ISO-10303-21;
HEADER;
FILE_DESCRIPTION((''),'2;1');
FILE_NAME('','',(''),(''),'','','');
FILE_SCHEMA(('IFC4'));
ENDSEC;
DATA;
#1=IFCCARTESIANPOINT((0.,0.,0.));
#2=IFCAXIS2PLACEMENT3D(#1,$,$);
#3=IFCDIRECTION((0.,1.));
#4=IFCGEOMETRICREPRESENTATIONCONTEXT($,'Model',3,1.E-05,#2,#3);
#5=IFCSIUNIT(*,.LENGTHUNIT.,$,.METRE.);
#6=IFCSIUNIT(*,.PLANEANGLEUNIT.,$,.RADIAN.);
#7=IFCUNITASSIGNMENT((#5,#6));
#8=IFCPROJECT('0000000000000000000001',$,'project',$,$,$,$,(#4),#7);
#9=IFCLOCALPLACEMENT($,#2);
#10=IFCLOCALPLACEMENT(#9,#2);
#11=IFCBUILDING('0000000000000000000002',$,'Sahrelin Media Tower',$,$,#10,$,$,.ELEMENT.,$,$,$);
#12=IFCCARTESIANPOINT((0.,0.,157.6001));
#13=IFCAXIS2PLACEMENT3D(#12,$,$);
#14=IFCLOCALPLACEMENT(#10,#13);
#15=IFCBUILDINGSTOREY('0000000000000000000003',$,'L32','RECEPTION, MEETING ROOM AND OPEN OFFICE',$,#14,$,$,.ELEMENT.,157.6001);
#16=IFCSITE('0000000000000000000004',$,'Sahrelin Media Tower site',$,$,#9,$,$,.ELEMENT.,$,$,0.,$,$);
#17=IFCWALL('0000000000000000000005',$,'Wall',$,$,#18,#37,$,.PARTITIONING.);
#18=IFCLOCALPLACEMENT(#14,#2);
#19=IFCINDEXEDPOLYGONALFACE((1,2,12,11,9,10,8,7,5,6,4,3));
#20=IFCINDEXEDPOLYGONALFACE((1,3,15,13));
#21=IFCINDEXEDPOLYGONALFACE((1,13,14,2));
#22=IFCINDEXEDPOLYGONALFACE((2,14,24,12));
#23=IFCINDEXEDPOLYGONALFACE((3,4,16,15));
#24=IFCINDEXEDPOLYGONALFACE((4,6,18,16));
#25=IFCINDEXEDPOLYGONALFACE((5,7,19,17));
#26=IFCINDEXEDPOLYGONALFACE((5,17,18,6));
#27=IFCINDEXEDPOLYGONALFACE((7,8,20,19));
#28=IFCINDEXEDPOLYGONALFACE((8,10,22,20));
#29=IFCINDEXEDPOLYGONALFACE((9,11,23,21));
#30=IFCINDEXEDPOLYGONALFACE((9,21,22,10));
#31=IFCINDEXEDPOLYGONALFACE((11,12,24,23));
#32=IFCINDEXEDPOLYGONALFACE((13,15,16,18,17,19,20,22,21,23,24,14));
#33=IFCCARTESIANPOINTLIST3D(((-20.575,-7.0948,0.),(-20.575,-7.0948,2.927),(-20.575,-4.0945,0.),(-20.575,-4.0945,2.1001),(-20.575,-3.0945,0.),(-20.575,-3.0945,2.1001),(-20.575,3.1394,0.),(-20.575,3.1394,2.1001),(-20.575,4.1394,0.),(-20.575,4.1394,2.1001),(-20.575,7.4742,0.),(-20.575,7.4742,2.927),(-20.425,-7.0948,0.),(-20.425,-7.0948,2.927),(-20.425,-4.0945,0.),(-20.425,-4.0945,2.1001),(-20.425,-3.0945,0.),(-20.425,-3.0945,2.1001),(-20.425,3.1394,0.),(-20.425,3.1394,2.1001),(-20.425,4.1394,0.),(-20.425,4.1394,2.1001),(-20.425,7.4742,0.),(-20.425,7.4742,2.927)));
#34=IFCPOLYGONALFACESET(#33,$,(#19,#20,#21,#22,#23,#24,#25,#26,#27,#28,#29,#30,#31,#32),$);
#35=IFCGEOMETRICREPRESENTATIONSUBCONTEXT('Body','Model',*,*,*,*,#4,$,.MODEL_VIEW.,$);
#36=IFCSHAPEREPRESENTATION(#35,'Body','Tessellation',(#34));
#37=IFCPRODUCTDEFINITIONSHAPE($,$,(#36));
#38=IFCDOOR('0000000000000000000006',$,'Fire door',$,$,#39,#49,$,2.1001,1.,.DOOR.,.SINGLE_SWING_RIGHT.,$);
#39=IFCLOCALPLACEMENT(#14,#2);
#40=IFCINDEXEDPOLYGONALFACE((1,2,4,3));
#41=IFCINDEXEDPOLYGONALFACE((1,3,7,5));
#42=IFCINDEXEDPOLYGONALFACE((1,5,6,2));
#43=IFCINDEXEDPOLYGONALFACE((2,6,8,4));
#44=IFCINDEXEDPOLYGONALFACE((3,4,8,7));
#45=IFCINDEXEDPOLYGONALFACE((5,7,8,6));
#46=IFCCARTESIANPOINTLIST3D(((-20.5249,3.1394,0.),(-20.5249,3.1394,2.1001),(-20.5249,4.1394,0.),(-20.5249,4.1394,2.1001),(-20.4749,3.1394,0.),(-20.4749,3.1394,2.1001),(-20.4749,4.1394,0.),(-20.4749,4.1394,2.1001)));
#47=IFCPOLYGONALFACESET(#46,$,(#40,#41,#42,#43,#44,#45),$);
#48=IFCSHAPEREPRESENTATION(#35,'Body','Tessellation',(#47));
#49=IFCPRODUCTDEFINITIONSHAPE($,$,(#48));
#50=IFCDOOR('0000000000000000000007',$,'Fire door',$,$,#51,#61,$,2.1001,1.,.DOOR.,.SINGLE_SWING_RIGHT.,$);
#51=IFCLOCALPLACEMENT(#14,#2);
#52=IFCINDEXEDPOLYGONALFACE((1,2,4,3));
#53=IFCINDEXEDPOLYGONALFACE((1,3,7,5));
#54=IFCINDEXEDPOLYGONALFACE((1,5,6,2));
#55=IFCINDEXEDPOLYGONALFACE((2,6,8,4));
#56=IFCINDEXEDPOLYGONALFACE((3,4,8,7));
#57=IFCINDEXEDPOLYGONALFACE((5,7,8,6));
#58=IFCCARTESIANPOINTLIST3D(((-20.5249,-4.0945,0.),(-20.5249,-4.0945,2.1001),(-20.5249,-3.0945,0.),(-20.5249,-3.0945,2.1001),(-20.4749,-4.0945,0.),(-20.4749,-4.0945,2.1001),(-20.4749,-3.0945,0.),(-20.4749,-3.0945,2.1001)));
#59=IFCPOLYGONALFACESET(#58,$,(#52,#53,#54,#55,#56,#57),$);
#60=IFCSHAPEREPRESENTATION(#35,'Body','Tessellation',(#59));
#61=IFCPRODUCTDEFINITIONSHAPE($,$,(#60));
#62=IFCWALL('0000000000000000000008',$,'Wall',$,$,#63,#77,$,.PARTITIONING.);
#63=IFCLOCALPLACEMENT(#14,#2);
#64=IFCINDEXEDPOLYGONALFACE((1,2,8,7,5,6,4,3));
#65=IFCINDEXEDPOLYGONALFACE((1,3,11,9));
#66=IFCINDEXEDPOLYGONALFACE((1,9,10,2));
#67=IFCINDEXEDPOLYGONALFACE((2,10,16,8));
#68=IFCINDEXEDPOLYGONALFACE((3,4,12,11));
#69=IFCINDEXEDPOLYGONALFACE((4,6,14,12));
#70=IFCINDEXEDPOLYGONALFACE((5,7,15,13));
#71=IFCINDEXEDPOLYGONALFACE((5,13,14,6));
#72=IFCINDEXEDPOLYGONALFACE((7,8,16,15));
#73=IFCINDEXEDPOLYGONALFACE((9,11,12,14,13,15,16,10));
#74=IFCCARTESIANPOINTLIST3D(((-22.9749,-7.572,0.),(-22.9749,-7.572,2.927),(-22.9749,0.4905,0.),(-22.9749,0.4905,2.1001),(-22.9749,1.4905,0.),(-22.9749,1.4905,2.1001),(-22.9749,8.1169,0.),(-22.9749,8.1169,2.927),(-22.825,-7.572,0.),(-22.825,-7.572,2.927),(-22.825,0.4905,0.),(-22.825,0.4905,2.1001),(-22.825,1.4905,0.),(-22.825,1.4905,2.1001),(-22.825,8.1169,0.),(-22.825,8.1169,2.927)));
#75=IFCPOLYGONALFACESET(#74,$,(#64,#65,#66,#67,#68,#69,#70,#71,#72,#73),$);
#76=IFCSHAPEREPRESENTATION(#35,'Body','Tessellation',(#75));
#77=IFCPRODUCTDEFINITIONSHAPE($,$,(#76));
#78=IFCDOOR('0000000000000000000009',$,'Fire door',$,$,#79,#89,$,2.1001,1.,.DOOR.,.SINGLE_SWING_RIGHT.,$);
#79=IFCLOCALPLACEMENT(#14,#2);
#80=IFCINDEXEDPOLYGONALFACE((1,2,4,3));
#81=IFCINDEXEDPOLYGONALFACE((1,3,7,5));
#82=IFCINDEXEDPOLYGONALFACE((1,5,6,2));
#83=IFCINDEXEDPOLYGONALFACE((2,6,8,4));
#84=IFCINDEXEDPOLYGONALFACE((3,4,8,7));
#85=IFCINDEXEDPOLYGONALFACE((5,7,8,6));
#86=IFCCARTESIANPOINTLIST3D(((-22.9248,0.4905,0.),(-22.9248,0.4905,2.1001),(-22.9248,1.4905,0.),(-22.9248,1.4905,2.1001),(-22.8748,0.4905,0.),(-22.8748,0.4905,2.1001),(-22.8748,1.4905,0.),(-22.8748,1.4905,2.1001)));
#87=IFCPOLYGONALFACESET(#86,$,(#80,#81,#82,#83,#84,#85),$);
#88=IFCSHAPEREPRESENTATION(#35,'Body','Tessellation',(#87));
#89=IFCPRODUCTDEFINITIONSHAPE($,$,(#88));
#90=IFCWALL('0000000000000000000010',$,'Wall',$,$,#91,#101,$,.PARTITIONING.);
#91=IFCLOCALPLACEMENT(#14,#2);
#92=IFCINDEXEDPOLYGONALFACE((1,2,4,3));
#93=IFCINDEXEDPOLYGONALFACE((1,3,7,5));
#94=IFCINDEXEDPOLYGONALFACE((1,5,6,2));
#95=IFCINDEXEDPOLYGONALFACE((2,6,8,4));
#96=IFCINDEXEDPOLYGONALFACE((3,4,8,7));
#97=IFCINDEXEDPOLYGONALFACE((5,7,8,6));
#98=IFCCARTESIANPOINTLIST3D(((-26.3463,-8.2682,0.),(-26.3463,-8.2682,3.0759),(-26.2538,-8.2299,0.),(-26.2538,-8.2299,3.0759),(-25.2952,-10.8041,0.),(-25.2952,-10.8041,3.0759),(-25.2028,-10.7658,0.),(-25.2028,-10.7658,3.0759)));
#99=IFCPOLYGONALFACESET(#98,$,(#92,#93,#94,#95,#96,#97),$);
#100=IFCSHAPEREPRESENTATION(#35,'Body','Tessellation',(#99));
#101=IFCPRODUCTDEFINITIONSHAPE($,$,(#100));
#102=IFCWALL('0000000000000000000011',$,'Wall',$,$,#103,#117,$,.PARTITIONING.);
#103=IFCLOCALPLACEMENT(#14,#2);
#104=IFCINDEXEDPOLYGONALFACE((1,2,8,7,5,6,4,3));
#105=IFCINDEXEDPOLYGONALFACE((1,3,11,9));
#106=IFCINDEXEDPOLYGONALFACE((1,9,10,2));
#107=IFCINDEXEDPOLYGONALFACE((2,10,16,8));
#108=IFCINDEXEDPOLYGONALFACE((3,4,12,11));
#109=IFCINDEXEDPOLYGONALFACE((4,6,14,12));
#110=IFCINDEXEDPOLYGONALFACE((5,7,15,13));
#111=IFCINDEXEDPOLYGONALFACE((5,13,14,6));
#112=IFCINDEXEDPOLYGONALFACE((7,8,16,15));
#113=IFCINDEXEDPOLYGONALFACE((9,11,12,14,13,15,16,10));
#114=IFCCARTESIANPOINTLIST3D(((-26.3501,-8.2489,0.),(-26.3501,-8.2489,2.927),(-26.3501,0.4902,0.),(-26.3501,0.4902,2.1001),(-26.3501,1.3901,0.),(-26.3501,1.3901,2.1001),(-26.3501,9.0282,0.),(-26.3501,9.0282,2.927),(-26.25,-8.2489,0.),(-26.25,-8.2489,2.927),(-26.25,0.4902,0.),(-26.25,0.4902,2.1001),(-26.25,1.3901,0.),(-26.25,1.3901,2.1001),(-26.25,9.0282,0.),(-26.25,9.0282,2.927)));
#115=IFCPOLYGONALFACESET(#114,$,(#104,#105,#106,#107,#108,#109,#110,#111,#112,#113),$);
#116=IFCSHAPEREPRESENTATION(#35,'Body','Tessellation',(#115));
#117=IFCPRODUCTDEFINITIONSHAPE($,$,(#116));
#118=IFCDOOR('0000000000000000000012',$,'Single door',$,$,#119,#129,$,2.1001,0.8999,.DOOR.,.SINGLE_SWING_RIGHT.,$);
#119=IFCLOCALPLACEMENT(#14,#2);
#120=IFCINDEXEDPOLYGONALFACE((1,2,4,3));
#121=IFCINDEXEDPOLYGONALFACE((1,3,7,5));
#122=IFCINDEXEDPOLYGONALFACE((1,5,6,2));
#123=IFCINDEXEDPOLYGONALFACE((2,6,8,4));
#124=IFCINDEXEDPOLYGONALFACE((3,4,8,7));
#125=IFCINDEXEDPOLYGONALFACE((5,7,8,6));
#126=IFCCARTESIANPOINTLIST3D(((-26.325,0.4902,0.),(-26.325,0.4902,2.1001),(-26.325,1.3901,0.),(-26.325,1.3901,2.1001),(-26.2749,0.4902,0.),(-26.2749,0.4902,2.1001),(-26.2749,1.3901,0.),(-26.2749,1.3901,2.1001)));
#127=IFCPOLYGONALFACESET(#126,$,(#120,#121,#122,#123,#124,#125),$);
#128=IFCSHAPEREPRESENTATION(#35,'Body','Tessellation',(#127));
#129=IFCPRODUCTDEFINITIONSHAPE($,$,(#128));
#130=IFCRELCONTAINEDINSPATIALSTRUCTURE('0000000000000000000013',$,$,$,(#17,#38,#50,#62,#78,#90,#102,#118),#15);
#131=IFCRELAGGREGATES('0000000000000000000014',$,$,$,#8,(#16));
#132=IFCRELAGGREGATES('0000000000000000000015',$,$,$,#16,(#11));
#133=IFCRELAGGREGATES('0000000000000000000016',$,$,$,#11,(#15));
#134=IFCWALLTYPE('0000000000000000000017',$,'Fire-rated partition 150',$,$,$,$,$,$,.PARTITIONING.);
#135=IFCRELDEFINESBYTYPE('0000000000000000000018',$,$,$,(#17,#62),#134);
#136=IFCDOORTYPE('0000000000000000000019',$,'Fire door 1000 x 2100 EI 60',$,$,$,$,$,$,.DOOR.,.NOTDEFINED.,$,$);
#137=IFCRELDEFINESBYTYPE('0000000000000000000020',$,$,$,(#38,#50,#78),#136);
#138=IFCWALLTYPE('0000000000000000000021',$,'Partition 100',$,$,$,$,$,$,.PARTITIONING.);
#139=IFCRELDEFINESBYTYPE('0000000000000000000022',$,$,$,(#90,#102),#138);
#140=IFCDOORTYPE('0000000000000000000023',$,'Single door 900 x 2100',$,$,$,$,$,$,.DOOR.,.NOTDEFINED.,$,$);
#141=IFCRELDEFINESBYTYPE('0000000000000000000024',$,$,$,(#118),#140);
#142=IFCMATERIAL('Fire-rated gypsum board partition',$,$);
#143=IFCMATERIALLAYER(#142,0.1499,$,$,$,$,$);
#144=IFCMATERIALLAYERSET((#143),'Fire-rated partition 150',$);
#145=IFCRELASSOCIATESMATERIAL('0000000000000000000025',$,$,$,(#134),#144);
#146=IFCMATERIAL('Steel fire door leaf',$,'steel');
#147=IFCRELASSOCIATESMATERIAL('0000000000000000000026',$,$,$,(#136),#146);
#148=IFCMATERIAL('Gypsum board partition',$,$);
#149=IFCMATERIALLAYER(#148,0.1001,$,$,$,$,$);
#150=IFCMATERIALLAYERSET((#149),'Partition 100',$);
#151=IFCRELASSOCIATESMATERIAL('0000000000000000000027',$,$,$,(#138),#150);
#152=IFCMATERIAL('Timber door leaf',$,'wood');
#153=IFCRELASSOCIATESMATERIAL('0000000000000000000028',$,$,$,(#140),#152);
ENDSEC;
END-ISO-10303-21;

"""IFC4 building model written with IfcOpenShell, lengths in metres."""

from ifc_helpers import new_model, si_unit, direction, frame, frame_2d, origin, place, context, subcontext, project, spatial, rectangle, extrude, material, layer, layer_set, type_object, element, fill, save


model = new_model("IFC4")

# Units and contexts
model_context = context("Model", 3, precision=1e-05, world=origin(), true_north=direction((0.0, 1.0)))
body_context = subcontext(model_context, "Body", "Model", "MODEL_VIEW")
ifc_project = project(units=[si_unit("LENGTHUNIT", "METRE"), si_unit("PLANEANGLEUNIT", "RADIAN")], contexts=[model_context])

# Site, building, storey
site_placement = place(None, origin())
site = spatial("IfcSite", under=ifc_project, at=site_placement, Name="Sahrelin Media Tower site", CompositionType="ELEMENT", RefElevation=0.0)
building_placement = place(site_placement, origin())
building = spatial("IfcBuilding", under=site, at=building_placement, Name="Sahrelin Media Tower", CompositionType="ELEMENT")
storey_placement = place(building_placement, frame((0.0, 0.0, 157.6001)))
storey = spatial("IfcBuildingStorey", under=building, at=storey_placement, Name="L32", Description="RECEPTION, MEETING ROOM AND OPEN OFFICE", CompositionType="ELEMENT", Elevation=157.6001)

# Shared definitions
ifc_material_1 = material(Name="Fire-rated gypsum board partition")
ifc_layer_1 = layer(ifc_material_1, 0.1499)
ifc_layer_set_1 = layer_set([ifc_layer_1], Name="Fire-rated partition 150")
wall_type_1 = type_object("IfcWallType", Name="Fire-rated partition 150", PredefinedType="PARTITIONING", material=ifc_layer_set_1)
ifc_material_2 = material(Name="Steel fire door leaf", Category="steel")
door_type_1 = type_object("IfcDoorType", Name="Fire door 1000 x 2100 EI 60", OperationType="NOTDEFINED", PredefinedType="DOOR", material=ifc_material_2)

# Wall, openings, doors
wall_1_placement = place(storey_placement, frame((-20.5, -7.095, 0.0), z_axis=(0.0, 0.0, 1.0), x_axis=(0.0, 1.0, 0.0)))
wall_1 = element("IfcWall", 1, at=wall_1_placement, inside=storey, type_object=wall_type_1, Name="Wall", PredefinedType="PARTITIONING", context=body_context, shape_type="SweptSolid", body=[
    extrude(rectangle(XDim=14.5691, YDim=0.1499, at=frame_2d((7.2847, 0.0))), origin(), (0.0, 0.0, 1.0), 2.927),
])
opening_1_placement = place(wall_1_placement, frame((10.2344, 0.0, 0.0)))
opening_1 = element("IfcOpeningElement", 2, at=opening_1_placement, cuts=wall_1, PredefinedType="OPENING", context=body_context, shape_type="SweptSolid", body=[
    extrude(rectangle(XDim=1.0, YDim=2.1001, at=frame_2d((0.5, 1.05))), frame((0.0, 0.075, 0.0), z_axis=(0.0, -1.0, 0.0), x_axis=(1.0, 0.0, 0.0)), (0.0, 0.0, 1.0), 0.1499),
])
opening_2_placement = place(wall_1_placement, frame((3.0005, 0.0, 0.0)))
opening_2 = element("IfcOpeningElement", 3, at=opening_2_placement, cuts=wall_1, PredefinedType="OPENING", context=body_context, shape_type="SweptSolid", body=[
    extrude(rectangle(XDim=1.0, YDim=2.1001, at=frame_2d((0.5, 1.05))), frame((0.0, 0.075, 0.0), z_axis=(0.0, -1.0, 0.0), x_axis=(1.0, 0.0, 0.0)), (0.0, 0.0, 1.0), 0.1499),
])
door_1_placement = place(opening_1_placement, origin())
door_1 = element("IfcDoor", 4, at=door_1_placement, inside=storey, type_object=door_type_1, Name="Fire door", OperationType="SINGLE_SWING_RIGHT", OverallHeight=2.1001, OverallWidth=1.0, PredefinedType="DOOR", context=body_context, shape_type="SweptSolid", body=[
    extrude(rectangle(XDim=1.0, YDim=2.1001, at=frame_2d((0.5, 1.05))), frame((0.0, 0.0249, 0.0), z_axis=(0.0, -1.0, 0.0), x_axis=(1.0, 0.0, 0.0)), (0.0, 0.0, 1.0), 0.05),
])
fill(opening_1, door_1)
door_2_placement = place(opening_2_placement, origin())
door_2 = element("IfcDoor", 5, at=door_2_placement, inside=storey, type_object=door_type_1, Name="Fire door", OperationType="SINGLE_SWING_RIGHT", OverallHeight=2.1001, OverallWidth=1.0, PredefinedType="DOOR", context=body_context, shape_type="SweptSolid", body=[
    extrude(rectangle(XDim=1.0, YDim=2.1001, at=frame_2d((0.5, 1.05))), frame((0.0, 0.0249, 0.0), z_axis=(0.0, -1.0, 0.0), x_axis=(1.0, 0.0, 0.0)), (0.0, 0.0, 1.0), 0.05),
])
fill(opening_2, door_2)

# Wall, opening, door
wall_2_placement = place(storey_placement, frame((-22.8999, -7.572, 0.0), z_axis=(0.0, 0.0, 1.0), x_axis=(0.0, 1.0, 0.0)))
wall_2 = element("IfcWall", 6, at=wall_2_placement, inside=storey, type_object=wall_type_1, Name="Wall", PredefinedType="PARTITIONING", context=body_context, shape_type="SweptSolid", body=[
    extrude(rectangle(XDim=15.689, YDim=0.1499, at=frame_2d((7.8445, 0.0))), origin(), (0.0, 0.0, 1.0), 2.927),
])
opening_3_placement = place(wall_2_placement, frame((8.0625, 0.0, 0.0)))
opening_3 = element("IfcOpeningElement", 7, at=opening_3_placement, cuts=wall_2, PredefinedType="OPENING", context=body_context, shape_type="SweptSolid", body=[
    extrude(rectangle(XDim=1.0, YDim=2.1001, at=frame_2d((0.5, 1.05))), frame((0.0, 0.075, 0.0), z_axis=(0.0, -1.0, 0.0), x_axis=(1.0, 0.0, 0.0)), (0.0, 0.0, 1.0), 0.1499),
])
door_3_placement = place(opening_3_placement, origin())
door_3 = element("IfcDoor", 8, at=door_3_placement, inside=storey, type_object=door_type_1, Name="Fire door", OperationType="SINGLE_SWING_RIGHT", OverallHeight=2.1001, OverallWidth=1.0, PredefinedType="DOOR", context=body_context, shape_type="SweptSolid", body=[
    extrude(rectangle(XDim=1.0, YDim=2.1001, at=frame_2d((0.5, 1.05))), frame((0.0, 0.0249, 0.0), z_axis=(0.0, -1.0, 0.0), x_axis=(1.0, 0.0, 0.0)), (0.0, 0.0, 1.0), 0.05),
])
fill(opening_3, door_3)

# Wall
ifc_material_3 = material(Name="Gypsum board partition")
ifc_layer_2 = layer(ifc_material_3, 0.1001)
ifc_layer_set_2 = layer_set([ifc_layer_2], Name="Partition 100")
wall_type_2 = type_object("IfcWallType", Name="Partition 100", PredefinedType="PARTITIONING", material=ifc_layer_set_2)
wall_3_placement = place(storey_placement, frame((-26.3, -8.249, 0.0), z_axis=(0.0, 0.0, 1.0), x_axis=(0.382878, -0.923799, 0.0)))
element("IfcWall", 9, at=wall_3_placement, inside=storey, type_object=wall_type_2, Name="Wall", PredefinedType="PARTITIONING", context=body_context, shape_type="SweptSolid", body=[
    extrude(rectangle(XDim=2.7451, YDim=0.1001, at=frame_2d((1.3726, 0.0))), origin(), (0.0, 0.0, 1.0), 3.0759),
])

# Wall, opening, door
wall_4_placement = place(storey_placement, frame((-26.3, -8.249, 0.0), z_axis=(0.0, 0.0, 1.0), x_axis=(0.0, 1.0, 0.0)))
wall_4 = element("IfcWall", 10, at=wall_4_placement, inside=storey, type_object=wall_type_2, Name="Wall", PredefinedType="PARTITIONING", context=body_context, shape_type="SweptSolid", body=[
    extrude(rectangle(XDim=17.2771, YDim=0.1001, at=frame_2d((8.6387, 0.0))), origin(), (0.0, 0.0, 1.0), 2.927),
])
opening_4_placement = place(wall_4_placement, frame((8.7393, 0.0, 0.0)))
opening_4 = element("IfcOpeningElement", 11, at=opening_4_placement, cuts=wall_4, PredefinedType="OPENING", context=body_context, shape_type="SweptSolid", body=[
    extrude(rectangle(XDim=0.8999, YDim=2.1001, at=frame_2d((0.45, 1.05))), frame((0.0, 0.05, 0.0), z_axis=(0.0, -1.0, 0.0), x_axis=(1.0, 0.0, 0.0)), (0.0, 0.0, 1.0), 0.1001),
])
ifc_material_4 = material(Name="Timber door leaf", Category="wood")
door_type_2 = type_object("IfcDoorType", Name="Single door 900 x 2100", OperationType="NOTDEFINED", PredefinedType="DOOR", material=ifc_material_4)
door_4_placement = place(opening_4_placement, origin())
door_4 = element("IfcDoor", 12, at=door_4_placement, inside=storey, type_object=door_type_2, Name="Single door", OperationType="SINGLE_SWING_RIGHT", OverallHeight=2.1001, OverallWidth=0.8999, PredefinedType="DOOR", context=body_context, shape_type="SweptSolid", body=[
    extrude(rectangle(XDim=0.8999, YDim=2.1001, at=frame_2d((0.45, 1.05))), frame((0.0, 0.0249, 0.0), z_axis=(0.0, -1.0, 0.0), x_axis=(1.0, 0.0, 0.0)), (0.0, 0.0, 1.0), 0.05),
])
fill(opening_4, door_4)

save(model, "model.ifc")
